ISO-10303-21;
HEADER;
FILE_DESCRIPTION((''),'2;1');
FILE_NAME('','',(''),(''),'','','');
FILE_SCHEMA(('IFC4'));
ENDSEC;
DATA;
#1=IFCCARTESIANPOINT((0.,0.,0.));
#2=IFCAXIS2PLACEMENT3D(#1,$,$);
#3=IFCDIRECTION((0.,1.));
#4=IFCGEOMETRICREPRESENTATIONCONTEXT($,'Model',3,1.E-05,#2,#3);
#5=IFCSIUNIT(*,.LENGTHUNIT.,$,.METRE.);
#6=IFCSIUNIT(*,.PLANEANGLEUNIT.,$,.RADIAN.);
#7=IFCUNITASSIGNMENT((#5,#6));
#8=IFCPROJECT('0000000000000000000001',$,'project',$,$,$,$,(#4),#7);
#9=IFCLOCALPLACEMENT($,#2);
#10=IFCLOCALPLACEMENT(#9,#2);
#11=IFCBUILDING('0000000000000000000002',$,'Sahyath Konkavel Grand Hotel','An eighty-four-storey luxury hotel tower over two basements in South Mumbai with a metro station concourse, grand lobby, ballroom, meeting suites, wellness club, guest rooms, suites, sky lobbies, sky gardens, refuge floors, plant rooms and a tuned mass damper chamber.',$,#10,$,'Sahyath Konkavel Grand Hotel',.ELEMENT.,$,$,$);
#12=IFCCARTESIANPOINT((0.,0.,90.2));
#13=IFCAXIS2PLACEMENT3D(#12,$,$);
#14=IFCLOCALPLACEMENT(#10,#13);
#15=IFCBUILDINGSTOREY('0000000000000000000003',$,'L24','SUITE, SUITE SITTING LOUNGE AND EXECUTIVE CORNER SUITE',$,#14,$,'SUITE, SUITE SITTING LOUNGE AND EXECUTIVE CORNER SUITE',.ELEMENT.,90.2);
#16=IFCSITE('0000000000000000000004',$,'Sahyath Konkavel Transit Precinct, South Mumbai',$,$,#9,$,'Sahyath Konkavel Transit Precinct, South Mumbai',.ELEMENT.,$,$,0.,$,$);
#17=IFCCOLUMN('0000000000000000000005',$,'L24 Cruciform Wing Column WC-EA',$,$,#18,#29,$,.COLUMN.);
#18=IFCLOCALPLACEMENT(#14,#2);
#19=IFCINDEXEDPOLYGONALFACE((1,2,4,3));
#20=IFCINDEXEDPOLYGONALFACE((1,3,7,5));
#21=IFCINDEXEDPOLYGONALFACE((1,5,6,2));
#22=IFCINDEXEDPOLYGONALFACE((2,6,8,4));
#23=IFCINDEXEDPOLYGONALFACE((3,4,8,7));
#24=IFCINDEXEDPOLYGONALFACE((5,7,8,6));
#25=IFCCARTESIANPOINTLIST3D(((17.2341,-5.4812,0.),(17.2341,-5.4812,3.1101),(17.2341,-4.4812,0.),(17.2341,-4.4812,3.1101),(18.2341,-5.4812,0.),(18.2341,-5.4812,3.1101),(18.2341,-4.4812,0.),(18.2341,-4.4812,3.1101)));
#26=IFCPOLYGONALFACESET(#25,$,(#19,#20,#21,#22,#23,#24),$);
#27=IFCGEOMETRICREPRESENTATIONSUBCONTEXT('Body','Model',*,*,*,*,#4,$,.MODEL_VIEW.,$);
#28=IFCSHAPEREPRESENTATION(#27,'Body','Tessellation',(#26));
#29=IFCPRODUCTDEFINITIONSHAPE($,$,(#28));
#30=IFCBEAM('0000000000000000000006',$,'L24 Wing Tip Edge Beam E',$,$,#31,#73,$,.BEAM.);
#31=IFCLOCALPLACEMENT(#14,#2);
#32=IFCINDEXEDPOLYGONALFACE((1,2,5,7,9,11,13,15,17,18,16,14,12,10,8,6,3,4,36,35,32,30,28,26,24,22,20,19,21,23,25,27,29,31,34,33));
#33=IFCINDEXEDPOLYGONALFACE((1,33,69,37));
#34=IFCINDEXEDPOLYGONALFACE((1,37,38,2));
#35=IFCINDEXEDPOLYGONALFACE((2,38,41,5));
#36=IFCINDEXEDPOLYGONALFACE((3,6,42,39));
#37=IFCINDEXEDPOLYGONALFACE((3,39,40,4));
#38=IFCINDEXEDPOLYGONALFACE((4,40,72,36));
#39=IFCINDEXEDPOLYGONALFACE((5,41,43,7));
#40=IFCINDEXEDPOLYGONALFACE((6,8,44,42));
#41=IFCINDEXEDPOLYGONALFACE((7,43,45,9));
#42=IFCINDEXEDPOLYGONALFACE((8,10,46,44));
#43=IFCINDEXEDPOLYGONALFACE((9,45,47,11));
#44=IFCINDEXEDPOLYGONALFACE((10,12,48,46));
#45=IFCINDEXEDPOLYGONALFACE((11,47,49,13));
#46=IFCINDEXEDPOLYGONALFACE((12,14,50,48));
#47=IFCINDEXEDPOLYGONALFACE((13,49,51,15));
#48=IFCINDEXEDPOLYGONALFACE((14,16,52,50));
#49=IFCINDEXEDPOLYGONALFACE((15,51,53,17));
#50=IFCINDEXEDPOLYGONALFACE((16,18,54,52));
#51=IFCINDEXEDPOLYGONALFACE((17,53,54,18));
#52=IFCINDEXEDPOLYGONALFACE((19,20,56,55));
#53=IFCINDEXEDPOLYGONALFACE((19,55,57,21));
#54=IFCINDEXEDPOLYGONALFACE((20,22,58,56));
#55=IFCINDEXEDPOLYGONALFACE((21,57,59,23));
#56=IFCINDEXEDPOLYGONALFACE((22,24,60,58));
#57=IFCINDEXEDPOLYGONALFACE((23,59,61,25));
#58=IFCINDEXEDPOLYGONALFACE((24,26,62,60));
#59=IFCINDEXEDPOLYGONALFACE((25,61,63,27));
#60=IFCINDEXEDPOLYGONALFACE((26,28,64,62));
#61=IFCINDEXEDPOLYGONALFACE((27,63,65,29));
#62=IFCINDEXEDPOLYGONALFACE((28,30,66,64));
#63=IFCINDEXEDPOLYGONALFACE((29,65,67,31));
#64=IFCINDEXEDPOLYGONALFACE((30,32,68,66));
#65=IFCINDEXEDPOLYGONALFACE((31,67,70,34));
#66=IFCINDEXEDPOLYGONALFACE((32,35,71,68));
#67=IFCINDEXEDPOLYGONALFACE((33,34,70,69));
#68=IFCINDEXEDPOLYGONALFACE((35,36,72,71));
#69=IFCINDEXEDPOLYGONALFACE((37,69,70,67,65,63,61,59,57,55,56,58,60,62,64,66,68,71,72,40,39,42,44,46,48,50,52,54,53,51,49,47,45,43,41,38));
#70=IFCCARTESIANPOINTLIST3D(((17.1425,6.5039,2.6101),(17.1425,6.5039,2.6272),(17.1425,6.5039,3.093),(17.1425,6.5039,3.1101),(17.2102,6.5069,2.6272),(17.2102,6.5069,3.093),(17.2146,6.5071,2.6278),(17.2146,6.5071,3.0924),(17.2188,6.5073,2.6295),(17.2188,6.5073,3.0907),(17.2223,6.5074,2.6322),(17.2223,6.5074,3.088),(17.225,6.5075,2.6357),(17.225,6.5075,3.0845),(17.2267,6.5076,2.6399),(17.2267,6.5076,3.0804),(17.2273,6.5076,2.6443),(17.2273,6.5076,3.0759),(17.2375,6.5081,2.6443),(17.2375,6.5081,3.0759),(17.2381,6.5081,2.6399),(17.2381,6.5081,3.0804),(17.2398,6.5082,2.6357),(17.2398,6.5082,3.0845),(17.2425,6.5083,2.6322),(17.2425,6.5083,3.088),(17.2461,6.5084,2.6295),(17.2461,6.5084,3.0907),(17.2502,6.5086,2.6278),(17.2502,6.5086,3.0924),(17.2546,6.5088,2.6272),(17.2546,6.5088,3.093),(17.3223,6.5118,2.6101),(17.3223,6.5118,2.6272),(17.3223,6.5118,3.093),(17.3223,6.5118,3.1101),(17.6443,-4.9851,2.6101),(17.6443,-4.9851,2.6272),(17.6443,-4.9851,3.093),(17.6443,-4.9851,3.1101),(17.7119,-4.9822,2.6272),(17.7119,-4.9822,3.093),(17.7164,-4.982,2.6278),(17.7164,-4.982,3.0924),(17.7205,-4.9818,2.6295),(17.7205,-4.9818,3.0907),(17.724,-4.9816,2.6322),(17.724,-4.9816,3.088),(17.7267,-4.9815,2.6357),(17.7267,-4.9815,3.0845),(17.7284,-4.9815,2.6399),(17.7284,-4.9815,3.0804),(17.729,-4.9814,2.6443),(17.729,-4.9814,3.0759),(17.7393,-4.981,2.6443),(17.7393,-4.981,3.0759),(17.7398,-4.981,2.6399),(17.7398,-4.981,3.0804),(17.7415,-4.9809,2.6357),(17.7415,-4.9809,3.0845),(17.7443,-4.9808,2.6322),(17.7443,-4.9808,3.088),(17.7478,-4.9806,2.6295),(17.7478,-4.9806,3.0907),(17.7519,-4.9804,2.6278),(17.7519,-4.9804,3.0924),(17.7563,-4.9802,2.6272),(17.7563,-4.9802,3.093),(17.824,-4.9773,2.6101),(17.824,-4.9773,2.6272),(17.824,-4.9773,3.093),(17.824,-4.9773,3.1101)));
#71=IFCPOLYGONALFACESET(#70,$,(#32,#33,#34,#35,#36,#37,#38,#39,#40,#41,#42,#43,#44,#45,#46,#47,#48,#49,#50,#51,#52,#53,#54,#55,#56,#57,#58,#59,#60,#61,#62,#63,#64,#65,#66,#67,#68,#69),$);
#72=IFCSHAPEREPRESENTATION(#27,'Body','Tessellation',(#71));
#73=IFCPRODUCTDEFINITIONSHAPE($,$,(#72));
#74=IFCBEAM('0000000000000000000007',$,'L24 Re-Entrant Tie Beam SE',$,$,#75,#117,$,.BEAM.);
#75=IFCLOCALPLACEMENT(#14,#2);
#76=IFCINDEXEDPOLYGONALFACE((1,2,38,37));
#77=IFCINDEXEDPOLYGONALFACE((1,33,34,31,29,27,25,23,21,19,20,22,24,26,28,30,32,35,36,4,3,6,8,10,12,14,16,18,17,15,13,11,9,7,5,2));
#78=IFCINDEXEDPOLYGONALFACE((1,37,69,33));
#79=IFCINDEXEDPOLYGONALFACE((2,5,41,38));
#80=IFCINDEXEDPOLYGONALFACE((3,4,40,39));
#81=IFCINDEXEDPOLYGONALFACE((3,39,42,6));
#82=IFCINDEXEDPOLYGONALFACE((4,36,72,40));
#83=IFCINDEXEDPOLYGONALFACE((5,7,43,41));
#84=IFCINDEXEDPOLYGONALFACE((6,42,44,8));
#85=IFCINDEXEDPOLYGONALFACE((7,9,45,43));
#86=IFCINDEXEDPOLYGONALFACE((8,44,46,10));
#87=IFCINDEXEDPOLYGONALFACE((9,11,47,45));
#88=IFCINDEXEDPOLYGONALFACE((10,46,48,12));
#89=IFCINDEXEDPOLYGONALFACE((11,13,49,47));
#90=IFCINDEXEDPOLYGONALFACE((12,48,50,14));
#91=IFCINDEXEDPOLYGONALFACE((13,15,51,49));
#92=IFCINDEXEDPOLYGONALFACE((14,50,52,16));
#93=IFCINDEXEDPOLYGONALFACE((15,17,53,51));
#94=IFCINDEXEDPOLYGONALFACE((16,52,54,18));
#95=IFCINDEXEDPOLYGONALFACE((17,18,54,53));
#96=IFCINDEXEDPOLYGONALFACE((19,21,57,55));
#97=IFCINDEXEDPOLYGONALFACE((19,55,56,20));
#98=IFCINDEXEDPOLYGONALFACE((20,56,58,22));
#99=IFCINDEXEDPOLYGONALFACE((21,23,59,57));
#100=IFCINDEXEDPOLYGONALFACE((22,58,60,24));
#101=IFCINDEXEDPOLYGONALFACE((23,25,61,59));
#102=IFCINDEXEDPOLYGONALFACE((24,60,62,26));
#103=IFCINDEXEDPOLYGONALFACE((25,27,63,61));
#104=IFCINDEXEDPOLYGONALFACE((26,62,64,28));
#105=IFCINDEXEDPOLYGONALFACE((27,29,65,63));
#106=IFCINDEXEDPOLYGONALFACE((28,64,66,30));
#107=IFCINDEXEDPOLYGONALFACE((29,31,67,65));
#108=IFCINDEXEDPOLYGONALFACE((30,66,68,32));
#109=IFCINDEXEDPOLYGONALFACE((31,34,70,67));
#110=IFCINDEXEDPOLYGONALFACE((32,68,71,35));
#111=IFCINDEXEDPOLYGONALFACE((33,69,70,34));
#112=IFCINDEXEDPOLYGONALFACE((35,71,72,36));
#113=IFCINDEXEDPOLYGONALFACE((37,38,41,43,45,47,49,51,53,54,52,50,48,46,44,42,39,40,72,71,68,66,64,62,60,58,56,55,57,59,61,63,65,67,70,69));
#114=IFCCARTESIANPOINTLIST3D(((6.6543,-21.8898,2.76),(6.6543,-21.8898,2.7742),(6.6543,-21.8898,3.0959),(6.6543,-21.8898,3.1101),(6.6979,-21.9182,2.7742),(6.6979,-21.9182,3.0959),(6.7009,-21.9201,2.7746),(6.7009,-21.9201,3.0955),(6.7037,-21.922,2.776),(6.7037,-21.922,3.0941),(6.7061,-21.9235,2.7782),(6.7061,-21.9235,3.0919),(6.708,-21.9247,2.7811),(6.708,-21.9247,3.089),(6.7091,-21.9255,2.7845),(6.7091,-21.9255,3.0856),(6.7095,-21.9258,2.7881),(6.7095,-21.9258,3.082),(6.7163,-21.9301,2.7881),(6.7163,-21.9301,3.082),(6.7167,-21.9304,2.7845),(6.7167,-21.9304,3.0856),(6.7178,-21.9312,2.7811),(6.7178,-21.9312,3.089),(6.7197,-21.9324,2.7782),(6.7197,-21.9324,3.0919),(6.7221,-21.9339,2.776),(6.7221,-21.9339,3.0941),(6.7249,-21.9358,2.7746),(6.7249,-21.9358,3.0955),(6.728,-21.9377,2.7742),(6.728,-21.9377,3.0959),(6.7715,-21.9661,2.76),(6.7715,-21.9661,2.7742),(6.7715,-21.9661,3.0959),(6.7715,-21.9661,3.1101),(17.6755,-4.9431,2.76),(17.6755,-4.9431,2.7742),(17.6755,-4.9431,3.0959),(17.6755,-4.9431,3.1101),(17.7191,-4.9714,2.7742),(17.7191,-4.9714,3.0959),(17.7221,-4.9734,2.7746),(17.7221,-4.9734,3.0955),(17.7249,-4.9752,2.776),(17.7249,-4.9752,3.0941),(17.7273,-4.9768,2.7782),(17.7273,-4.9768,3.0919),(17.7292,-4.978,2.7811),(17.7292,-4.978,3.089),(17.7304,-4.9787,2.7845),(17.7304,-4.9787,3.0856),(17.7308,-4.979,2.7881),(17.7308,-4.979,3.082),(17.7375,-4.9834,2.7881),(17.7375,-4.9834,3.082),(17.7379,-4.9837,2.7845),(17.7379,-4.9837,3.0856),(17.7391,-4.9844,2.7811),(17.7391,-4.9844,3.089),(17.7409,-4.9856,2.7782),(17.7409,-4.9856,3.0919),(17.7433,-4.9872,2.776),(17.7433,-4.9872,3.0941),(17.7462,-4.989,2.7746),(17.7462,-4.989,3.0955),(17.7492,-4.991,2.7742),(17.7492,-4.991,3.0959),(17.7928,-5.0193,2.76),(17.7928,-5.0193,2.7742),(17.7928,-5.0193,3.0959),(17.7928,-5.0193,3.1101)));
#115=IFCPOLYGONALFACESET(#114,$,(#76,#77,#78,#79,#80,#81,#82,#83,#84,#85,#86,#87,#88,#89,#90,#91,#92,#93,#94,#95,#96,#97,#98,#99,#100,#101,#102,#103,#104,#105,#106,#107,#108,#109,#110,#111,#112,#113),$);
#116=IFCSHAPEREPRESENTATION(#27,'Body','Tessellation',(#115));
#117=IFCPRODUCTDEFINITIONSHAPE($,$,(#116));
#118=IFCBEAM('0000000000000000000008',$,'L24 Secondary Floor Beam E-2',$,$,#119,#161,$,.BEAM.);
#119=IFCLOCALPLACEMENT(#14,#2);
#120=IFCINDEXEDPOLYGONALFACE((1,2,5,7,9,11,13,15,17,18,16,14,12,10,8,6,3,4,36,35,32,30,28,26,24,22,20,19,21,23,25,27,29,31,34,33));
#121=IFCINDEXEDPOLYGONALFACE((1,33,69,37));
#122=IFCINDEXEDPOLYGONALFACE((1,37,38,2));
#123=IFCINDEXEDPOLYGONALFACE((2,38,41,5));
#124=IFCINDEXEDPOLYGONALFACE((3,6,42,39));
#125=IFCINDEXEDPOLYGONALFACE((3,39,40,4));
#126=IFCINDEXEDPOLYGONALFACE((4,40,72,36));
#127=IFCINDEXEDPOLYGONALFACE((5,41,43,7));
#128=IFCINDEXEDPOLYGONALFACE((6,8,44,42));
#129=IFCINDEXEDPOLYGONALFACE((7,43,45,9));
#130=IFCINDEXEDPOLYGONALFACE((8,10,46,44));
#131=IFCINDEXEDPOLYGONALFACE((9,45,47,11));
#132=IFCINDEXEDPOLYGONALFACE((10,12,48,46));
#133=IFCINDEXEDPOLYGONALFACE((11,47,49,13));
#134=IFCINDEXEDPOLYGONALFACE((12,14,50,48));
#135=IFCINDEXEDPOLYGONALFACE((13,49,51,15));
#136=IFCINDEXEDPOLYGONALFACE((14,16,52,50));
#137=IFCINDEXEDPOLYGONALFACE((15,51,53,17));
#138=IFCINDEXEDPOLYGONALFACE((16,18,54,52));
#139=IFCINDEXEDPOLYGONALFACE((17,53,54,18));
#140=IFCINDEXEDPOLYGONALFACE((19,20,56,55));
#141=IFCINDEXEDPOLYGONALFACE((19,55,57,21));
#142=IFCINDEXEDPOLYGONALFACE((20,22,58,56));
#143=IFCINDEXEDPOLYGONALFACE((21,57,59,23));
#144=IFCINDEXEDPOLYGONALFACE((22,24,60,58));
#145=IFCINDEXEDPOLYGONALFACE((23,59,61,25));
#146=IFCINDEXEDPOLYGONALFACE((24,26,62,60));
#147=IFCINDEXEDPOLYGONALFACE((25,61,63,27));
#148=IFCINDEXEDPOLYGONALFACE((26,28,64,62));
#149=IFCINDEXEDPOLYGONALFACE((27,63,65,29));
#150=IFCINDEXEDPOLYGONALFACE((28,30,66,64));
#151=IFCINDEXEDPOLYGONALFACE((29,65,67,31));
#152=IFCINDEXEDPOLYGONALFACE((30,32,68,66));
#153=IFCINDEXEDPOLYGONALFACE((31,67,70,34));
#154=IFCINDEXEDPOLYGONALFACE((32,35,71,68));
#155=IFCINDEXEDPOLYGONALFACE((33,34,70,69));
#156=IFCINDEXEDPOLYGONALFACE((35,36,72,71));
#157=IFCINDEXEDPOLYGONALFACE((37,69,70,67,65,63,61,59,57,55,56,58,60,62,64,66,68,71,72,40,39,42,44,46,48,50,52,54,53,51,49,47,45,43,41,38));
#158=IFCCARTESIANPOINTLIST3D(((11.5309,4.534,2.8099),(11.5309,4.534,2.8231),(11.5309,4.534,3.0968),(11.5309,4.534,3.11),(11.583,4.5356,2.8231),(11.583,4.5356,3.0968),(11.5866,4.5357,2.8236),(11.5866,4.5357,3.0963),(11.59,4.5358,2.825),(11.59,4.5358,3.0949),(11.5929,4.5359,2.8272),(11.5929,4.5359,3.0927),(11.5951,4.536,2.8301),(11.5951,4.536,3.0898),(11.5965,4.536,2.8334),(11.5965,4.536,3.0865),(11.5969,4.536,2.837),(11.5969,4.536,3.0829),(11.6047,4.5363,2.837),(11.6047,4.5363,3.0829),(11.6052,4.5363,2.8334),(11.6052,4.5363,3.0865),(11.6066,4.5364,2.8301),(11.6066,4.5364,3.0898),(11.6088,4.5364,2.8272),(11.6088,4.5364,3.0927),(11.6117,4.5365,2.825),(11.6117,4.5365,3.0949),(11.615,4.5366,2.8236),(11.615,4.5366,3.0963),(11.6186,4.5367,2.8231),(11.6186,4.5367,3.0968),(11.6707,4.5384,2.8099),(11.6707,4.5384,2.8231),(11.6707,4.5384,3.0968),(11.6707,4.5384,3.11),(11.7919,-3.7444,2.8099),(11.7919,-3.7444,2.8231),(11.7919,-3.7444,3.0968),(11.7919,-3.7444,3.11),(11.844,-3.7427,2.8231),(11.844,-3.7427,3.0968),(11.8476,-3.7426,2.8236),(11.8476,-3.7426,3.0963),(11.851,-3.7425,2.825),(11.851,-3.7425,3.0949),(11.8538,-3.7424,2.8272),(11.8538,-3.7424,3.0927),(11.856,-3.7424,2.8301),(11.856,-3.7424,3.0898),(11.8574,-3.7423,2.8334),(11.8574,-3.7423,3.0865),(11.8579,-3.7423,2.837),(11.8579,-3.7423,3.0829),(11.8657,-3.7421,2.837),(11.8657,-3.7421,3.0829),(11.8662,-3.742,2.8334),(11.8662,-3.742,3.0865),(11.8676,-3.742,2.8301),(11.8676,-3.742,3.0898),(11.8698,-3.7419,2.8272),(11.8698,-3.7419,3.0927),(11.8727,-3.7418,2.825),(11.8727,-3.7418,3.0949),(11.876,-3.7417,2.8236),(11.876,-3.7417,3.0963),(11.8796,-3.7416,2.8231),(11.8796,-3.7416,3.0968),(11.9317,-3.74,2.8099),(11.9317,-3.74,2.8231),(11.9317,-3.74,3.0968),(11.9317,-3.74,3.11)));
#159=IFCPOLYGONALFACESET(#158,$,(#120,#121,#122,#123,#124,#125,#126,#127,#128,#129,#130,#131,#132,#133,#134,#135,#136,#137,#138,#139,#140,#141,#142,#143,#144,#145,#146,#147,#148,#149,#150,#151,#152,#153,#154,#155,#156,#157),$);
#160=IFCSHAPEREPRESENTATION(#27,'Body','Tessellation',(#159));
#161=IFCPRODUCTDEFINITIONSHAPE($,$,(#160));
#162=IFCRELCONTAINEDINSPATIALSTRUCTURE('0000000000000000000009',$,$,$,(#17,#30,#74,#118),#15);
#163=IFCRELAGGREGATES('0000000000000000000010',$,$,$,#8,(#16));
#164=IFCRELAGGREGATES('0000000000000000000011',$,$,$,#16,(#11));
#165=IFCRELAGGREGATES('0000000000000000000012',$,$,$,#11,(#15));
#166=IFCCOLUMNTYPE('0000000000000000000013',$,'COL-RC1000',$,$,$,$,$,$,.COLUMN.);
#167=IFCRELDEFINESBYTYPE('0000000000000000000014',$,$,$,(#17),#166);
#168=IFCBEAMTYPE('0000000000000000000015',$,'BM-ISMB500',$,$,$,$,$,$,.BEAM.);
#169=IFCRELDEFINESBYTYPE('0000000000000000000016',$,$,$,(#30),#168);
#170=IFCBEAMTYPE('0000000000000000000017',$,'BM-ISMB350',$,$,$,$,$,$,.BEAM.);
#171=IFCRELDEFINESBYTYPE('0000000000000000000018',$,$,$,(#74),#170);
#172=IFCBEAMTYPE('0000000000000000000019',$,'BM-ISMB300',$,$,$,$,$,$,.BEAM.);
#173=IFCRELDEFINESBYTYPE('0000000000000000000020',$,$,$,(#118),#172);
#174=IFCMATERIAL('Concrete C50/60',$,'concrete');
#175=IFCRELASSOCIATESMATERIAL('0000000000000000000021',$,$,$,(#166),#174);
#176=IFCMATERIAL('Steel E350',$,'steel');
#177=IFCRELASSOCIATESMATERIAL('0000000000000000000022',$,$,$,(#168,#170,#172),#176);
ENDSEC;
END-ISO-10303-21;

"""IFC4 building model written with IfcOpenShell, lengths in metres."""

from ifc_helpers import new_model, si_unit, direction, frame, origin, origin_2d, place, context, subcontext, project, spatial, rectangle, i_section, extrude, source, transform, mapped, material, material_profile, profile_set, type_object, element, save


model = new_model("IFC4")

# Units and contexts
model_context = context("Model", 3, precision=1e-05, world=origin(), true_north=direction((0.0, 1.0)))
body_context = subcontext(model_context, "Body", "Model", "MODEL_VIEW")
ifc_project = project(units=[si_unit("LENGTHUNIT", "METRE"), si_unit("PLANEANGLEUNIT", "RADIAN")], contexts=[model_context])

# Site, building, storey
site_placement = place(None, origin())
site = spatial("IfcSite", under=ifc_project, at=site_placement, Name="Sahyath Konkavel Transit Precinct, South Mumbai", LongName="Sahyath Konkavel Transit Precinct, South Mumbai", CompositionType="ELEMENT", RefElevation=0.0)
building_placement = place(site_placement, origin())
building = spatial("IfcBuilding", under=site, at=building_placement, Name="Sahyath Konkavel Grand Hotel", Description="An eighty-four-storey luxury hotel tower over two basements in South Mumbai with a metro station concourse, grand lobby, ballroom, meeting suites, wellness club, guest rooms, suites, sky lobbies, sky gardens, refuge floors, plant rooms and a tuned mass damper chamber.", LongName="Sahyath Konkavel Grand Hotel", CompositionType="ELEMENT")
storey_placement = place(building_placement, frame((0.0, 0.0, 90.2)))
storey = spatial("IfcBuildingStorey", under=building, at=storey_placement, Name="L24", Description="SUITE, SUITE SITTING LOUNGE AND EXECUTIVE CORNER SUITE", LongName="SUITE, SUITE SITTING LOUNGE AND EXECUTIVE CORNER SUITE", CompositionType="ELEMENT", Elevation=90.2)

# Column
ifc_material_1 = material(Name="Concrete C50/60", Category="concrete")
ifc_material_profile_1 = material_profile(ifc_material_1, rectangle(XDim=1.0, YDim=1.0, at=origin_2d()), Name="RC 1000x1000")
ifc_profile_set_1 = profile_set([ifc_material_profile_1], Name="Concrete C50/60")
column_type = type_object("IfcColumnType", Name="COL-RC1000", PredefinedType="COLUMN", material=ifc_profile_set_1)
shared_shape_1 = source(origin(), body_context, "Body", "SweptSolid", [
    extrude(rectangle(XDim=1.0, YDim=1.0, at=origin_2d()), origin(), (0.0, 0.0, 1.0), 3.1101),
])
column_placement = place(storey_placement, frame((17.7341, -4.9812, 0.0), z_axis=(0.0, 0.0, 1.0), x_axis=(1.0, 0.0, 0.0)))
element("IfcColumn", 1, at=column_placement, inside=storey, type_object=column_type, Name="L24 Cruciform Wing Column WC-EA", PredefinedType="COLUMN", context=body_context, shape_type="MappedRepresentation", body=[
    mapped(shared_shape_1, transform((0.0, 0.0, 0.0), scale=1.0)),
])

# Beams
ifc_material_2 = material(Name="Steel E350", Category="steel")
ifc_material_profile_2 = material_profile(ifc_material_2, i_section(OverallWidth=0.1799, OverallDepth=0.5, WebThickness=0.0103, FlangeThickness=0.0171, FilletRadius=0.0171, at=origin_2d()), Name="ISMB 500")
ifc_profile_set_2 = profile_set([ifc_material_profile_2], Name="Steel E350")
beam_type_1 = type_object("IfcBeamType", Name="BM-ISMB500", PredefinedType="BEAM", material=ifc_profile_set_2)
shared_shape_2 = source(origin(), body_context, "Body", "SweptSolid", [
    extrude(i_section(OverallWidth=0.1799, OverallDepth=0.5, WebThickness=0.0103, FlangeThickness=0.0171, FilletRadius=0.0171, at=origin_2d()), origin(), (0.0, 0.0, 1.0), 11.5),
])
beam_1_placement = place(storey_placement, frame((17.7341, -4.9812, 2.8601), z_axis=(-0.043627, 0.999048, 0.0), x_axis=(-0.999048, -0.043627, 0.0)))
element("IfcBeam", 2, at=beam_1_placement, inside=storey, type_object=beam_type_1, Name="L24 Wing Tip Edge Beam E", PredefinedType="BEAM", context=body_context, shape_type="MappedRepresentation", body=[
    mapped(shared_shape_2, transform((0.0, 0.0, 0.0), scale=1.0)),
])
ifc_material_profile_3 = material_profile(ifc_material_2, i_section(OverallWidth=0.1399, OverallDepth=0.3501, WebThickness=0.0081, FlangeThickness=0.0142, FilletRadius=0.0139, at=origin_2d()), Name="ISMB 350")
ifc_profile_set_3 = profile_set([ifc_material_profile_3], Name="Steel E350")
beam_type_2 = type_object("IfcBeamType", Name="BM-ISMB350", PredefinedType="BEAM", material=ifc_profile_set_3)
shared_shape_3 = source(origin(), body_context, "Body", "SweptSolid", [
    extrude(i_section(OverallWidth=0.1399, OverallDepth=0.3501, WebThickness=0.0081, FlangeThickness=0.0142, FilletRadius=0.0139, at=origin_2d()), origin(), (0.0, 0.0, 1.0), 20.2153),
])
beam_2_placement = place(storey_placement, frame((17.7341, -4.9812, 2.9351), z_axis=(-0.545191, -0.838312, 0.0), x_axis=(0.838312, -0.545191, 0.0)))
element("IfcBeam", 3, at=beam_2_placement, inside=storey, type_object=beam_type_2, Name="L24 Re-Entrant Tie Beam SE", PredefinedType="BEAM", context=body_context, shape_type="MappedRepresentation", body=[
    mapped(shared_shape_3, transform((0.0, 0.0, 0.0), scale=1.0)),
])
ifc_material_profile_4 = material_profile(ifc_material_2, i_section(OverallWidth=0.1399, OverallDepth=0.3, WebThickness=0.0078, FlangeThickness=0.0132, FilletRadius=0.0139, at=origin_2d()), Name="ISMB 300")
ifc_profile_set_4 = profile_set([ifc_material_profile_4], Name="Steel E350")
beam_type_3 = type_object("IfcBeamType", Name="BM-ISMB300", PredefinedType="BEAM", material=ifc_profile_set_4)
shared_shape_4 = source(origin(), body_context, "Body", "SweptSolid", [
    extrude(i_section(OverallWidth=0.1399, OverallDepth=0.3, WebThickness=0.0078, FlangeThickness=0.0132, FilletRadius=0.0139, at=origin_2d()), origin(), (0.0, 0.0, 1.0), 8.2825),
])
beam_3_placement = place(storey_placement, frame((11.8618, -3.7422, 2.96), z_axis=(-0.031511, 0.999503, 0.0), x_axis=(-0.999503, -0.031511, 0.0)))
element("IfcBeam", 4, at=beam_3_placement, inside=storey, type_object=beam_type_3, Name="L24 Secondary Floor Beam E-2", PredefinedType="BEAM", context=body_context, shape_type="MappedRepresentation", body=[
    mapped(shared_shape_4, transform((0.0, 0.0, 0.0), scale=1.0)),
])

save(model, "model.ifc")
